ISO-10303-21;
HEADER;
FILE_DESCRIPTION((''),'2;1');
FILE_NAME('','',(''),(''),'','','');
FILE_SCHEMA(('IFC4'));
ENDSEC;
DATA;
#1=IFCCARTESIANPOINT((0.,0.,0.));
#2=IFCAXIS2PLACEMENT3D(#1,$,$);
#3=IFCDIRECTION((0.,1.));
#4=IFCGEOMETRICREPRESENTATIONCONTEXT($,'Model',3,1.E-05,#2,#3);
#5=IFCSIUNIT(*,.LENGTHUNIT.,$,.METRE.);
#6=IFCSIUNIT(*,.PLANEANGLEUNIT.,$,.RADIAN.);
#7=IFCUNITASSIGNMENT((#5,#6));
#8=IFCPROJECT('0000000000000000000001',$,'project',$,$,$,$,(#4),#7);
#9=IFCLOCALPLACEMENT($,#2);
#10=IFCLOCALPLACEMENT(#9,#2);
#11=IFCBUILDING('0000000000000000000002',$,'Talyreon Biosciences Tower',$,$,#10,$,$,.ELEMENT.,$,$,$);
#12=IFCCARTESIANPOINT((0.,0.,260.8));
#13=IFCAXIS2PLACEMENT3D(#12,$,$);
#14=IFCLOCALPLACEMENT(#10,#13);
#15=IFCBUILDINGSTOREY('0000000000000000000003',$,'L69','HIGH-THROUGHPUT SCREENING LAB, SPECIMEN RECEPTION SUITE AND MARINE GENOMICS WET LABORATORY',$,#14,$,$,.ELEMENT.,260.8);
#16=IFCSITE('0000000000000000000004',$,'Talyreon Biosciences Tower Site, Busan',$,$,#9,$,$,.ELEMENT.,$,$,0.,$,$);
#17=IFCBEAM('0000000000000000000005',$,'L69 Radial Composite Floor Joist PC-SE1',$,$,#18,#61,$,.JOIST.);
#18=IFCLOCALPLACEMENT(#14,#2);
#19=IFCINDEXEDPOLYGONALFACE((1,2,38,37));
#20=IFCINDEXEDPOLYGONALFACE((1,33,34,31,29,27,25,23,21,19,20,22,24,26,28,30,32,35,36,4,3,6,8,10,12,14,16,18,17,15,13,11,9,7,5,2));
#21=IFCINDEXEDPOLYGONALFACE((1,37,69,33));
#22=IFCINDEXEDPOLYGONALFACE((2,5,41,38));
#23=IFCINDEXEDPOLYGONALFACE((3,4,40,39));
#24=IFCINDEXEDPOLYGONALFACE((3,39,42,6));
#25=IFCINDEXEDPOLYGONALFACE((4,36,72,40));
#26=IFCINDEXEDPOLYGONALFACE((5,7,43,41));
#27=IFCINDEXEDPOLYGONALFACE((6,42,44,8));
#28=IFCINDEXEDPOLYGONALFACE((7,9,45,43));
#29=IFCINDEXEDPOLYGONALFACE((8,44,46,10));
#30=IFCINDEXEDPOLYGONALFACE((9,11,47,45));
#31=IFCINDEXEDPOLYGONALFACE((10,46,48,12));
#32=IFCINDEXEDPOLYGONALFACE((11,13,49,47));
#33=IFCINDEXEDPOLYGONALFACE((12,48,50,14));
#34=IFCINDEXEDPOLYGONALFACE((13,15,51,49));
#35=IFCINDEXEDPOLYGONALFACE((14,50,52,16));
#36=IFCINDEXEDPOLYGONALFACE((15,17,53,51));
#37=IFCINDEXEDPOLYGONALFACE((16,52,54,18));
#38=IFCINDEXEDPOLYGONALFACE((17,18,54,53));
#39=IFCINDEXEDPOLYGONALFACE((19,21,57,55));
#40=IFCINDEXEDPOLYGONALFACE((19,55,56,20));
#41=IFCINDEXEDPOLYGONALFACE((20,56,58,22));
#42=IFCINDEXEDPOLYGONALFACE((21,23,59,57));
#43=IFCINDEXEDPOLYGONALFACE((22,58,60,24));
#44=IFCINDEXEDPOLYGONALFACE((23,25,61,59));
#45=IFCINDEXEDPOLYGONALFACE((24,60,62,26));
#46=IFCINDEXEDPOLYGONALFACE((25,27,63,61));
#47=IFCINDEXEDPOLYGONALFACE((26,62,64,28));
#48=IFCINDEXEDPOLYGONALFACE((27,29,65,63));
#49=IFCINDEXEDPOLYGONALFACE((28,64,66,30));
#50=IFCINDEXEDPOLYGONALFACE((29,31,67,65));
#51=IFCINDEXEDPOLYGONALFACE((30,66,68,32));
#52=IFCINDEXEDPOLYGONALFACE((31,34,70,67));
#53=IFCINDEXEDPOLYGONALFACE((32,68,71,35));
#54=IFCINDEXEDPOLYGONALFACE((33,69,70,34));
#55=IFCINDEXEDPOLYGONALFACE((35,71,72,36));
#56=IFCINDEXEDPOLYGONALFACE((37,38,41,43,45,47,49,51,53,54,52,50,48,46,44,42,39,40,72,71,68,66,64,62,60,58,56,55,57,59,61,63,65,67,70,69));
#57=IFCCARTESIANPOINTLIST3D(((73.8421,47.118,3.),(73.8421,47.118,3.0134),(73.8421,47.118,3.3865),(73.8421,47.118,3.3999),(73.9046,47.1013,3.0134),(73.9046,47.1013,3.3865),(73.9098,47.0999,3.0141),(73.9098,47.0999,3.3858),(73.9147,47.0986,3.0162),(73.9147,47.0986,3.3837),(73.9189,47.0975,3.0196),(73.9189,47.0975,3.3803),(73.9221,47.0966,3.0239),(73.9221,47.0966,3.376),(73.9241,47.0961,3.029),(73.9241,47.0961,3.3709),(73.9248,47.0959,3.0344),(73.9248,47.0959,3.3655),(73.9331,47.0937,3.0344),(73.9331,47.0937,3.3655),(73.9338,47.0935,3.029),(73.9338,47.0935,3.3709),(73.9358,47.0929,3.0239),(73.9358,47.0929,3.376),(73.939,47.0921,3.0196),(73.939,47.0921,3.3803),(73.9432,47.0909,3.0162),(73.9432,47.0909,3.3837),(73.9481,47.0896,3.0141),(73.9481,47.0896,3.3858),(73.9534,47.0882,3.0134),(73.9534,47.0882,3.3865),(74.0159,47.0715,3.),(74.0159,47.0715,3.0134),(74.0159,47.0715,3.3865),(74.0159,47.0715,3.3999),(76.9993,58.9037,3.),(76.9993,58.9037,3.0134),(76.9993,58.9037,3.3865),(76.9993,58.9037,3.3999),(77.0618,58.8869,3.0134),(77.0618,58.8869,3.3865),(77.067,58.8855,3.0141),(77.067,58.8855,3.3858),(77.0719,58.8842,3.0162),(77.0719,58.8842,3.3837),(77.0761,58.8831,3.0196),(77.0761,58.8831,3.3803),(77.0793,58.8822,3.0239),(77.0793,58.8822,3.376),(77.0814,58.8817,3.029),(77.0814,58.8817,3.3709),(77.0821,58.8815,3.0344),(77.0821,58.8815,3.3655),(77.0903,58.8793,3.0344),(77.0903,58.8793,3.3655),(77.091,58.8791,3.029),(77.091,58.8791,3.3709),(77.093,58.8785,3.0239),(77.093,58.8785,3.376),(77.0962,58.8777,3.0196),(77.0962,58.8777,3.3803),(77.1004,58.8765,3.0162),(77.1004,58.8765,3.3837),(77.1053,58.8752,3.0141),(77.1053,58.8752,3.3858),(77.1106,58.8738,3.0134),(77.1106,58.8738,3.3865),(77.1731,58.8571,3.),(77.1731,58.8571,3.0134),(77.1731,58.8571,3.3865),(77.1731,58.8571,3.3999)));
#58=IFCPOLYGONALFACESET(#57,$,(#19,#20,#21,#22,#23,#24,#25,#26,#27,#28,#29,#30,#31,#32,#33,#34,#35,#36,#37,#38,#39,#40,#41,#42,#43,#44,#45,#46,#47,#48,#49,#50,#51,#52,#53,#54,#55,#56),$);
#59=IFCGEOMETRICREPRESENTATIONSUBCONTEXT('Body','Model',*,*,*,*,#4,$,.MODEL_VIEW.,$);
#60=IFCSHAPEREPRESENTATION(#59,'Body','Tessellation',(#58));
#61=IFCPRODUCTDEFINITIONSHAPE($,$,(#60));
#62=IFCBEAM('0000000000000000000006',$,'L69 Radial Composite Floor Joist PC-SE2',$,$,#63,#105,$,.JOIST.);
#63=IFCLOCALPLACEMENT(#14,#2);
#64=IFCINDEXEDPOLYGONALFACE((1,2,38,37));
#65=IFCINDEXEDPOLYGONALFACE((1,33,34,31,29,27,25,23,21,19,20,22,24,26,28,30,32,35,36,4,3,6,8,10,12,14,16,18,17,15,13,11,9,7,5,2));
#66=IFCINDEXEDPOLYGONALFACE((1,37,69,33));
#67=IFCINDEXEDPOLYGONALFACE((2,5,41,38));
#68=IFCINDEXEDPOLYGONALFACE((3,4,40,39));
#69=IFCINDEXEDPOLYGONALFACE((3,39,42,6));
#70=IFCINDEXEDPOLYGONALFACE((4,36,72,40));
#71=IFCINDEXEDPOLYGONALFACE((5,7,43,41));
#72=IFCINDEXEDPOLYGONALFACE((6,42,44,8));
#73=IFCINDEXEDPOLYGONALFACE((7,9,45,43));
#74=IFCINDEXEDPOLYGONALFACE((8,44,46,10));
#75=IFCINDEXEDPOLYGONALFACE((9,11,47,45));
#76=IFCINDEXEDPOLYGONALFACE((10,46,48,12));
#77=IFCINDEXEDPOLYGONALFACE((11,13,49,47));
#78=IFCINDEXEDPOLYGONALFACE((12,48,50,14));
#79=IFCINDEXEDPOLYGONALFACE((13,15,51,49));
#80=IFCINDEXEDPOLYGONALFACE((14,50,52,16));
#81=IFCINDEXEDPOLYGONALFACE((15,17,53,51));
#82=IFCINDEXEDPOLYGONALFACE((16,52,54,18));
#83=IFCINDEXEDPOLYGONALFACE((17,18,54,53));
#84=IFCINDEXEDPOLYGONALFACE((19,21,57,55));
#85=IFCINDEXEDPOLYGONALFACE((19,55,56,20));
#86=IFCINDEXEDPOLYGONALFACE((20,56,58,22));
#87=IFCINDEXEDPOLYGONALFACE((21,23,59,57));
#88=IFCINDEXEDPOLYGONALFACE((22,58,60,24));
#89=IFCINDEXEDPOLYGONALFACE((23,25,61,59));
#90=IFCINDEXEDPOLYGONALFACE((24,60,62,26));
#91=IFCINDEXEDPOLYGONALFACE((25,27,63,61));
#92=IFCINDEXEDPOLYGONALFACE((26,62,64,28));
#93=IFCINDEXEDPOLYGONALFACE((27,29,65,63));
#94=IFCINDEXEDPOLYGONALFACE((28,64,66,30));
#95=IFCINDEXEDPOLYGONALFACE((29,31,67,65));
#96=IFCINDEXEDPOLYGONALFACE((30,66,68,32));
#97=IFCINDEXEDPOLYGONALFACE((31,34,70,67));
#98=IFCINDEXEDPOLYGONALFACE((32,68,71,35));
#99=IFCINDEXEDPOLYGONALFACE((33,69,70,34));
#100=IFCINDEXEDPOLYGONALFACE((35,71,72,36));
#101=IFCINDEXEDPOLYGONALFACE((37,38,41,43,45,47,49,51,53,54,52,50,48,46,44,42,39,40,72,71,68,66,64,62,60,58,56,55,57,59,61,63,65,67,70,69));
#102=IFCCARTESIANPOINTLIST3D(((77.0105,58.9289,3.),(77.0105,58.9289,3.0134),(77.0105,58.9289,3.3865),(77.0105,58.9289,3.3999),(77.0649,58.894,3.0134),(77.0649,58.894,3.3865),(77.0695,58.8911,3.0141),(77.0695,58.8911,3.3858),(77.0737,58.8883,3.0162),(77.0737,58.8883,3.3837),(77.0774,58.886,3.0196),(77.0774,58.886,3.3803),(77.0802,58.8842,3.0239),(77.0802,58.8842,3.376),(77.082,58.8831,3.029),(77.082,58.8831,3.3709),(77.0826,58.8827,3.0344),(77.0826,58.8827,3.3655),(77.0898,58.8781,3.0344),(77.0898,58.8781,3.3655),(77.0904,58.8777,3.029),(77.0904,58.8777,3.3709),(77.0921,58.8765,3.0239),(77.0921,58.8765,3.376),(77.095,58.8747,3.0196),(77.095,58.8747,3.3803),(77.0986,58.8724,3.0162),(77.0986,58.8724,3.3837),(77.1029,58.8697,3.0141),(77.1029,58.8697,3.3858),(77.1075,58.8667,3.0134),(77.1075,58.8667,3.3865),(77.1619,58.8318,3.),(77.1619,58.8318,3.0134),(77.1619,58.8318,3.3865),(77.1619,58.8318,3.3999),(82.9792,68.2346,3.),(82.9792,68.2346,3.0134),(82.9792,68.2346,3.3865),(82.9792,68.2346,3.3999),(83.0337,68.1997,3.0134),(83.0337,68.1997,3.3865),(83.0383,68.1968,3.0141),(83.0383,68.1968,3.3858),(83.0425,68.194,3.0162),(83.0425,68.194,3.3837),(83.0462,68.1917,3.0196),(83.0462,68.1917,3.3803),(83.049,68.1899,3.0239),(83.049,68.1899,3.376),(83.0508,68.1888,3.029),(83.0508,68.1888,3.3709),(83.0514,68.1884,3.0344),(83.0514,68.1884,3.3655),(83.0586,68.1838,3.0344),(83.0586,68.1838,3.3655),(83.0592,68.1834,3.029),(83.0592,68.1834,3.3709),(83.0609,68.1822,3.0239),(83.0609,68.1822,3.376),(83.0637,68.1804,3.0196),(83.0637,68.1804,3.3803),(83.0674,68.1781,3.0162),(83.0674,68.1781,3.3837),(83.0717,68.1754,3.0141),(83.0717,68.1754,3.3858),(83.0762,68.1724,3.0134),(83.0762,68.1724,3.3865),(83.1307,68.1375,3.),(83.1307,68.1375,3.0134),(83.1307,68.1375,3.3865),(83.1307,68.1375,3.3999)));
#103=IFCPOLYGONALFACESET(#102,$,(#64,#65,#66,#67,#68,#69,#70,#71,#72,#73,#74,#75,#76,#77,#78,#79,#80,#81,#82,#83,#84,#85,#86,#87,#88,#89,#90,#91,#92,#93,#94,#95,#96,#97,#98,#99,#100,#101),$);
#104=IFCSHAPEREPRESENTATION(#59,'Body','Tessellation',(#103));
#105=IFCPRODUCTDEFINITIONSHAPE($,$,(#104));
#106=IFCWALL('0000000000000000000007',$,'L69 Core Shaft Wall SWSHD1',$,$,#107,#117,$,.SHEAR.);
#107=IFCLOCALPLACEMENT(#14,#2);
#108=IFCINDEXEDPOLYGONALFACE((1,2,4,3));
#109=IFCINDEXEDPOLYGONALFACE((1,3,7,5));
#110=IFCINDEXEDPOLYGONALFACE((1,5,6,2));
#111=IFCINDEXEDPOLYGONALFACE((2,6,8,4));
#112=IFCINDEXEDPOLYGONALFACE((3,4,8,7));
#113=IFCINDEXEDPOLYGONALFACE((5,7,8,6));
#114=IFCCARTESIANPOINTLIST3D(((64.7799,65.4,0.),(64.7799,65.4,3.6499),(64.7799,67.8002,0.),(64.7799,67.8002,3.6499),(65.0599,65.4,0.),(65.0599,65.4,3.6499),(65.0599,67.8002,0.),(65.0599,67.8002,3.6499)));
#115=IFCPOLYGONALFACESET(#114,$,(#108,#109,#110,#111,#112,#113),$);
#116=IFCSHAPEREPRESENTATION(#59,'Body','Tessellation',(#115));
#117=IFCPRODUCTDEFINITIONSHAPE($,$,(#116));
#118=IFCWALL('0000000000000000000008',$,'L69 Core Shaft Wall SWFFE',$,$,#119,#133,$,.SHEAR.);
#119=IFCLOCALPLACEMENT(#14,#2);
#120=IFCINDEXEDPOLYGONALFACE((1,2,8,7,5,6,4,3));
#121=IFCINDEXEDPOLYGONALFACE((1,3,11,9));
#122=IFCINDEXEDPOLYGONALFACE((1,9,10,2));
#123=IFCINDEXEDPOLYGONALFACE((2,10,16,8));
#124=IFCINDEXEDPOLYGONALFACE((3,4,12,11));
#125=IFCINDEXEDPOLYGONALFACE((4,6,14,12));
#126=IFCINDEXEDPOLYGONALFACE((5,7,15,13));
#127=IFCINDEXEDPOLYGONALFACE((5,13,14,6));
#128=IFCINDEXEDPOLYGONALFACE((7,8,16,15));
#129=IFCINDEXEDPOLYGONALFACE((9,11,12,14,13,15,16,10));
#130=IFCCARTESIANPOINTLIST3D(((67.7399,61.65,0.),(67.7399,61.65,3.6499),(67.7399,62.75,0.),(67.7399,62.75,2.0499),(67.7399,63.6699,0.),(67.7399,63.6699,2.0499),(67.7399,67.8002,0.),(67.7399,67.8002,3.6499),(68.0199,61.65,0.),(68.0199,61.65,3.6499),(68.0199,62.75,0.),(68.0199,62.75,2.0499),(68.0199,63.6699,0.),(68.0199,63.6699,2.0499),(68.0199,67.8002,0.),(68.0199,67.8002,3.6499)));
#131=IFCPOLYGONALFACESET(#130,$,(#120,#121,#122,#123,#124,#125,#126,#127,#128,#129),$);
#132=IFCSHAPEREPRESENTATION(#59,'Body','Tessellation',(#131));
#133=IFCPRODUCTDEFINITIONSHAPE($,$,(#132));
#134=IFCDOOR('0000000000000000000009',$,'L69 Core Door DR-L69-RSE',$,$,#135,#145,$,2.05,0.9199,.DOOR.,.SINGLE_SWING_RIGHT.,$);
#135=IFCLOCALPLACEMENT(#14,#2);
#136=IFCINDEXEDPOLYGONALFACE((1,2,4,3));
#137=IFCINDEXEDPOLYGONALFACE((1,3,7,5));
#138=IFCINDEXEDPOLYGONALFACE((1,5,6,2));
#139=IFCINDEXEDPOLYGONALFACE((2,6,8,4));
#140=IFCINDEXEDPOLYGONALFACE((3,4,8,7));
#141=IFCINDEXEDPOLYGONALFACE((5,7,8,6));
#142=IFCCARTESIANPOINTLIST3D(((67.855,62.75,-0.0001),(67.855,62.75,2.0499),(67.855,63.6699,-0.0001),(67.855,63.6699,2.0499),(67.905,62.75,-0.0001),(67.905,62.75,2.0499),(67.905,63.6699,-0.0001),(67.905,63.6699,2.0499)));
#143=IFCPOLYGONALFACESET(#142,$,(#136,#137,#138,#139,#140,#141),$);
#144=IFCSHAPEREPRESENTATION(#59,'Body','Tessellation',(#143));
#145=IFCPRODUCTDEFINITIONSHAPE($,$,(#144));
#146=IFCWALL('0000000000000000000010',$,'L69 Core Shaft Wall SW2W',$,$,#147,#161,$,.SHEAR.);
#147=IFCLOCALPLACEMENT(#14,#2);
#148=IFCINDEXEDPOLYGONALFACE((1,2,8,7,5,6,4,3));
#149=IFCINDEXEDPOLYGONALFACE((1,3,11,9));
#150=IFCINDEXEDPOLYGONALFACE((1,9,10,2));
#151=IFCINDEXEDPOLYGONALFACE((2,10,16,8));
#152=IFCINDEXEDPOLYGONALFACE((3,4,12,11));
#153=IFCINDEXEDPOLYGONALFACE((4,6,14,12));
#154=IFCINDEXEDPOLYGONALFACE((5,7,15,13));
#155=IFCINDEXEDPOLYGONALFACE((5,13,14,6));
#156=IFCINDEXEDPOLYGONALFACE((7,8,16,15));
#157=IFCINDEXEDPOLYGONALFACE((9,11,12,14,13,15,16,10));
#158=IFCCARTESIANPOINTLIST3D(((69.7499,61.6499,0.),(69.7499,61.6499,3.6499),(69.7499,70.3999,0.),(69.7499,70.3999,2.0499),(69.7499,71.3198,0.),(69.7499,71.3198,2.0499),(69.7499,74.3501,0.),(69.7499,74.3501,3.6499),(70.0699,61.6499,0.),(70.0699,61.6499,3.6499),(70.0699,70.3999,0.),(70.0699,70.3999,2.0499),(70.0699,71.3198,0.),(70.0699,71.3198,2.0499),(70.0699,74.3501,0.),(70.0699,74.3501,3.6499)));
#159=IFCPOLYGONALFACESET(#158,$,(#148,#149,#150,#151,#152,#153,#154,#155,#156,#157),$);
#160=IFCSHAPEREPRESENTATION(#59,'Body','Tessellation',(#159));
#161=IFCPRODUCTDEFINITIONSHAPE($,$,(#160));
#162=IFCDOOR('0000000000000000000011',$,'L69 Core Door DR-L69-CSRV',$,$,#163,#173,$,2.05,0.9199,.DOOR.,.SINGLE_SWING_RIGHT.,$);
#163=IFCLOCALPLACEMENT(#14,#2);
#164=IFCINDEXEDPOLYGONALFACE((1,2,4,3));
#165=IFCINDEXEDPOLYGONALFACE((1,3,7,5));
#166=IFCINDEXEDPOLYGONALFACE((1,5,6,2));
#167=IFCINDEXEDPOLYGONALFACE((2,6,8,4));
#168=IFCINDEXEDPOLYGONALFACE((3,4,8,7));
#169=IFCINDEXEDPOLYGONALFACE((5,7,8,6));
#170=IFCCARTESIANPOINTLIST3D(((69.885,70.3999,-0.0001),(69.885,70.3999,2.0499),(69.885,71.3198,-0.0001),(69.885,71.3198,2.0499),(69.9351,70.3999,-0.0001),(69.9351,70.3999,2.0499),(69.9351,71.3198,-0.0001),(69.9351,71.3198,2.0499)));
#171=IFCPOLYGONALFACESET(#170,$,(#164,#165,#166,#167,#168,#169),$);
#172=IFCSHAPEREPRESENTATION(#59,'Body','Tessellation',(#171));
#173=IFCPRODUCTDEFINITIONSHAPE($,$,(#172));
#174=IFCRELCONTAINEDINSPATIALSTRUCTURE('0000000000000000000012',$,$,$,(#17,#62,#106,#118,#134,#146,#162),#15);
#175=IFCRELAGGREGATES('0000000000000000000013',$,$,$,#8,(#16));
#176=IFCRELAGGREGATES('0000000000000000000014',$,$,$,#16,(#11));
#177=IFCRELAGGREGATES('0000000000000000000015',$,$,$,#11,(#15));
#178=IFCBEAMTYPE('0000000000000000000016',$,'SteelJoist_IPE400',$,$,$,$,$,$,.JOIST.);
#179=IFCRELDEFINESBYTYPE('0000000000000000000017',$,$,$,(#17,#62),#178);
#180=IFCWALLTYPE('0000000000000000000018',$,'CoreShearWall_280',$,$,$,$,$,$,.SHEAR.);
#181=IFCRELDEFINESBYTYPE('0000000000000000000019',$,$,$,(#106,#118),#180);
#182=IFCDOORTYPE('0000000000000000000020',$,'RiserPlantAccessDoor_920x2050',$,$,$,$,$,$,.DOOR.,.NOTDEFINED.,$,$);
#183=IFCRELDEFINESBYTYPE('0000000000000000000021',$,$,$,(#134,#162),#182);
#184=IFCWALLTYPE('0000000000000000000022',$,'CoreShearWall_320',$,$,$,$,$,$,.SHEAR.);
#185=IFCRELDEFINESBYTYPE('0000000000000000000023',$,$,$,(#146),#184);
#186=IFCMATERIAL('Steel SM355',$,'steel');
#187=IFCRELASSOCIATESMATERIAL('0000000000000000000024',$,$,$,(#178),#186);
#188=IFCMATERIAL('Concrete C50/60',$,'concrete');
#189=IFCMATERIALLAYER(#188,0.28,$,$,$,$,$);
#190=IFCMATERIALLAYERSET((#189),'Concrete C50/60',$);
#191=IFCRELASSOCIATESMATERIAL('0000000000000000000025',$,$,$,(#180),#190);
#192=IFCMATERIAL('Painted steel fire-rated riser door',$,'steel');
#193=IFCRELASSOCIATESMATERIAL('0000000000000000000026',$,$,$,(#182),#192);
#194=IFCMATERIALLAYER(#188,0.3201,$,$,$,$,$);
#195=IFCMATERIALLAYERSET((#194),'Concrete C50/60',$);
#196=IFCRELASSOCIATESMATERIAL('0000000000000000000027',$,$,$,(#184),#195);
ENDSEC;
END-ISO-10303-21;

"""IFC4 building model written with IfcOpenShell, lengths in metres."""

from ifc_helpers import new_model, si_unit, direction, frame, frame_2d, origin, origin_2d, place, context, subcontext, project, spatial, rectangle, i_section, extrude, material, layer, layer_set, material_profile, profile_set, type_object, element, fill, save


model = new_model("IFC4")

# Units and contexts
model_context = context("Model", 3, precision=1e-05, world=origin(), true_north=direction((0.0, 1.0)))
body_context = subcontext(model_context, "Body", "Model", "MODEL_VIEW")
ifc_project = project(units=[si_unit("LENGTHUNIT", "METRE"), si_unit("PLANEANGLEUNIT", "RADIAN")], contexts=[model_context])

# Site, building, storey
site_placement = place(None, origin())
site = spatial("IfcSite", under=ifc_project, at=site_placement, Name="Talyreon Biosciences Tower Site, Busan", CompositionType="ELEMENT", RefElevation=0.0)
building_placement = place(site_placement, origin())
building = spatial("IfcBuilding", under=site, at=building_placement, Name="Talyreon Biosciences Tower", CompositionType="ELEMENT")
storey_placement = place(building_placement, frame((0.0, 0.0, 260.8)))
storey = spatial("IfcBuildingStorey", under=building, at=storey_placement, Name="L69", Description="HIGH-THROUGHPUT SCREENING LAB, SPECIMEN RECEPTION SUITE AND MARINE GENOMICS WET LABORATORY", CompositionType="ELEMENT", Elevation=260.8)

# Shared definitions
ifc_material_1 = material(Name="Concrete C50/60", Category="concrete")

# Beams
ifc_material_2 = material(Name="Steel SM355", Category="steel")
ifc_material_profile_1 = material_profile(ifc_material_2, i_section(OverallWidth=0.1799, OverallDepth=0.3999, WebThickness=0.0085, FlangeThickness=0.0134, FilletRadius=0.021, at=origin_2d()), Name="IPE400")
ifc_profile_set_1 = profile_set([ifc_material_profile_1], Name="Steel SM355")
beam_type_1 = type_object("IfcBeamType", Name="SteelJoist_IPE400", PredefinedType="JOIST", material=ifc_profile_set_1)
beam_1_placement = place(storey_placement, frame((77.0862, 58.8804, 3.2), z_axis=(-0.258763, -0.965941, 0.0), x_axis=(0.965941, -0.258763, 0.0)))
element("IfcBeam", 1, at=beam_1_placement, inside=storey, type_object=beam_type_1, Name="L69 Radial Composite Floor Joist PC-SE1", PredefinedType="JOIST", context=body_context, shape_type="SweptSolid", body=[
    extrude(i_section(OverallWidth=0.1799, OverallDepth=0.3999, WebThickness=0.0085, FlangeThickness=0.0134, FilletRadius=0.021, at=origin_2d()), origin(), (0.0, 0.0, 1.0), 12.2012),
])
beam_2_placement = place(storey_placement, frame((77.0862, 58.8804, 3.2), z_axis=(0.539896, 0.841732, 0.0), x_axis=(-0.841732, 0.539896, 0.0)))
element("IfcBeam", 2, at=beam_2_placement, inside=storey, type_object=beam_type_1, Name="L69 Radial Composite Floor Joist PC-SE2", PredefinedType="JOIST", context=body_context, shape_type="SweptSolid", body=[
    extrude(i_section(OverallWidth=0.1799, OverallDepth=0.3999, WebThickness=0.0085, FlangeThickness=0.0134, FilletRadius=0.021, at=origin_2d()), origin(), (0.0, 0.0, 1.0), 11.0554),
])

# Wall
ifc_layer_1 = layer(ifc_material_1, 0.28)
ifc_layer_set_1 = layer_set([ifc_layer_1], Name="Concrete C50/60")
wall_type_1 = type_object("IfcWallType", Name="CoreShearWall_280", PredefinedType="SHEAR", material=ifc_layer_set_1)
wall_1_placement = place(storey_placement, frame((64.9199, 65.3999, 0.0), z_axis=(0.0, 0.0, 1.0), x_axis=(0.0, 1.0, 0.0)))
element("IfcWall", 3, at=wall_1_placement, inside=storey, type_object=wall_type_1, Name="L69 Core Shaft Wall SWSHD1", PredefinedType="SHEAR", context=body_context, shape_type="SweptSolid", body=[
    extrude(rectangle(XDim=2.4001, YDim=0.28, at=frame_2d((1.2002, 0.0))), origin(), (0.0, 0.0, 1.0), 3.6499),
])

# Walls, openings, doors
wall_2_placement = place(storey_placement, frame((67.8799, 61.6499, 0.0), z_axis=(0.0, 0.0, 1.0), x_axis=(0.0, 1.0, 0.0)))
wall_2 = element("IfcWall", 4, at=wall_2_placement, inside=storey, type_object=wall_type_1, Name="L69 Core Shaft Wall SWFFE", PredefinedType="SHEAR", context=body_context, shape_type="SweptSolid", body=[
    extrude(rectangle(XDim=6.1501, YDim=0.28, at=frame_2d((3.0752, 0.0))), origin(), (0.0, 0.0, 1.0), 3.6499),
])
opening_1_placement = place(wall_2_placement, frame((1.1001, 0.0, 0.0)))
opening_1 = element("IfcOpeningElement", 5, at=opening_1_placement, cuts=wall_2, PredefinedType="OPENING", context=body_context, shape_type="SweptSolid", body=[
    extrude(rectangle(XDim=0.9199, YDim=2.05, at=frame_2d((0.46, 1.0249))), frame((0.0, 0.1499, 0.0), z_axis=(0.0, -1.0, 0.0), x_axis=(1.0, 0.0, 0.0)), (0.0, 0.0, 1.0), 0.3),
])
ifc_material_3 = material(Name="Painted steel fire-rated riser door", Category="steel")
door_type = type_object("IfcDoorType", Name="RiserPlantAccessDoor_920x2050", OperationType="NOTDEFINED", PredefinedType="DOOR", material=ifc_material_3)
door_1_placement = place(opening_1_placement, origin())
door_1 = element("IfcDoor", 6, at=door_1_placement, inside=storey, type_object=door_type, Name="L69 Core Door DR-L69-RSE", OperationType="SINGLE_SWING_RIGHT", OverallHeight=2.05, OverallWidth=0.9199, PredefinedType="DOOR", context=body_context, shape_type="SweptSolid", body=[
    extrude(rectangle(XDim=0.9199, YDim=2.05, at=frame_2d((0.46, 1.0249))), frame((0.0, 0.0249, 0.0), z_axis=(0.0, -1.0, 0.0), x_axis=(1.0, 0.0, 0.0)), (0.0, 0.0, 1.0), 0.05),
])
fill(opening_1, door_1)
ifc_layer_2 = layer(ifc_material_1, 0.3201)
ifc_layer_set_2 = layer_set([ifc_layer_2], Name="Concrete C50/60")
wall_type_2 = type_object("IfcWallType", Name="CoreShearWall_320", PredefinedType="SHEAR", material=ifc_layer_set_2)
wall_3_placement = place(storey_placement, frame((69.9099, 61.6499, 0.0), z_axis=(0.0, 0.0, 1.0), x_axis=(0.0, 1.0, 0.0)))
wall_3 = element("IfcWall", 7, at=wall_3_placement, inside=storey, type_object=wall_type_2, Name="L69 Core Shaft Wall SW2W", PredefinedType="SHEAR", context=body_context, shape_type="SweptSolid", body=[
    extrude(rectangle(XDim=12.7002, YDim=0.3201, at=frame_2d((6.3501, 0.0))), origin(), (0.0, 0.0, 1.0), 3.6499),
])
opening_2_placement = place(wall_3_placement, frame((8.75, 0.0, 0.0)))
opening_2 = element("IfcOpeningElement", 8, at=opening_2_placement, cuts=wall_3, PredefinedType="OPENING", context=body_context, shape_type="SweptSolid", body=[
    extrude(rectangle(XDim=0.9199, YDim=2.05, at=frame_2d((0.46, 1.0249))), frame((0.0, 0.1699, 0.0), z_axis=(0.0, -1.0, 0.0), x_axis=(1.0, 0.0, 0.0)), (0.0, 0.0, 1.0), 0.3401),
])
door_2_placement = place(opening_2_placement, origin())
door_2 = element("IfcDoor", 9, at=door_2_placement, inside=storey, type_object=door_type, Name="L69 Core Door DR-L69-CSRV", OperationType="SINGLE_SWING_RIGHT", OverallHeight=2.05, OverallWidth=0.9199, PredefinedType="DOOR", context=body_context, shape_type="SweptSolid", body=[
    extrude(rectangle(XDim=0.9199, YDim=2.05, at=frame_2d((0.46, 1.0249))), frame((0.0, 0.0249, 0.0), z_axis=(0.0, -1.0, 0.0), x_axis=(1.0, 0.0, 0.0)), (0.0, 0.0, 1.0), 0.05),
])
fill(opening_2, door_2)

save(model, "model.ifc")
